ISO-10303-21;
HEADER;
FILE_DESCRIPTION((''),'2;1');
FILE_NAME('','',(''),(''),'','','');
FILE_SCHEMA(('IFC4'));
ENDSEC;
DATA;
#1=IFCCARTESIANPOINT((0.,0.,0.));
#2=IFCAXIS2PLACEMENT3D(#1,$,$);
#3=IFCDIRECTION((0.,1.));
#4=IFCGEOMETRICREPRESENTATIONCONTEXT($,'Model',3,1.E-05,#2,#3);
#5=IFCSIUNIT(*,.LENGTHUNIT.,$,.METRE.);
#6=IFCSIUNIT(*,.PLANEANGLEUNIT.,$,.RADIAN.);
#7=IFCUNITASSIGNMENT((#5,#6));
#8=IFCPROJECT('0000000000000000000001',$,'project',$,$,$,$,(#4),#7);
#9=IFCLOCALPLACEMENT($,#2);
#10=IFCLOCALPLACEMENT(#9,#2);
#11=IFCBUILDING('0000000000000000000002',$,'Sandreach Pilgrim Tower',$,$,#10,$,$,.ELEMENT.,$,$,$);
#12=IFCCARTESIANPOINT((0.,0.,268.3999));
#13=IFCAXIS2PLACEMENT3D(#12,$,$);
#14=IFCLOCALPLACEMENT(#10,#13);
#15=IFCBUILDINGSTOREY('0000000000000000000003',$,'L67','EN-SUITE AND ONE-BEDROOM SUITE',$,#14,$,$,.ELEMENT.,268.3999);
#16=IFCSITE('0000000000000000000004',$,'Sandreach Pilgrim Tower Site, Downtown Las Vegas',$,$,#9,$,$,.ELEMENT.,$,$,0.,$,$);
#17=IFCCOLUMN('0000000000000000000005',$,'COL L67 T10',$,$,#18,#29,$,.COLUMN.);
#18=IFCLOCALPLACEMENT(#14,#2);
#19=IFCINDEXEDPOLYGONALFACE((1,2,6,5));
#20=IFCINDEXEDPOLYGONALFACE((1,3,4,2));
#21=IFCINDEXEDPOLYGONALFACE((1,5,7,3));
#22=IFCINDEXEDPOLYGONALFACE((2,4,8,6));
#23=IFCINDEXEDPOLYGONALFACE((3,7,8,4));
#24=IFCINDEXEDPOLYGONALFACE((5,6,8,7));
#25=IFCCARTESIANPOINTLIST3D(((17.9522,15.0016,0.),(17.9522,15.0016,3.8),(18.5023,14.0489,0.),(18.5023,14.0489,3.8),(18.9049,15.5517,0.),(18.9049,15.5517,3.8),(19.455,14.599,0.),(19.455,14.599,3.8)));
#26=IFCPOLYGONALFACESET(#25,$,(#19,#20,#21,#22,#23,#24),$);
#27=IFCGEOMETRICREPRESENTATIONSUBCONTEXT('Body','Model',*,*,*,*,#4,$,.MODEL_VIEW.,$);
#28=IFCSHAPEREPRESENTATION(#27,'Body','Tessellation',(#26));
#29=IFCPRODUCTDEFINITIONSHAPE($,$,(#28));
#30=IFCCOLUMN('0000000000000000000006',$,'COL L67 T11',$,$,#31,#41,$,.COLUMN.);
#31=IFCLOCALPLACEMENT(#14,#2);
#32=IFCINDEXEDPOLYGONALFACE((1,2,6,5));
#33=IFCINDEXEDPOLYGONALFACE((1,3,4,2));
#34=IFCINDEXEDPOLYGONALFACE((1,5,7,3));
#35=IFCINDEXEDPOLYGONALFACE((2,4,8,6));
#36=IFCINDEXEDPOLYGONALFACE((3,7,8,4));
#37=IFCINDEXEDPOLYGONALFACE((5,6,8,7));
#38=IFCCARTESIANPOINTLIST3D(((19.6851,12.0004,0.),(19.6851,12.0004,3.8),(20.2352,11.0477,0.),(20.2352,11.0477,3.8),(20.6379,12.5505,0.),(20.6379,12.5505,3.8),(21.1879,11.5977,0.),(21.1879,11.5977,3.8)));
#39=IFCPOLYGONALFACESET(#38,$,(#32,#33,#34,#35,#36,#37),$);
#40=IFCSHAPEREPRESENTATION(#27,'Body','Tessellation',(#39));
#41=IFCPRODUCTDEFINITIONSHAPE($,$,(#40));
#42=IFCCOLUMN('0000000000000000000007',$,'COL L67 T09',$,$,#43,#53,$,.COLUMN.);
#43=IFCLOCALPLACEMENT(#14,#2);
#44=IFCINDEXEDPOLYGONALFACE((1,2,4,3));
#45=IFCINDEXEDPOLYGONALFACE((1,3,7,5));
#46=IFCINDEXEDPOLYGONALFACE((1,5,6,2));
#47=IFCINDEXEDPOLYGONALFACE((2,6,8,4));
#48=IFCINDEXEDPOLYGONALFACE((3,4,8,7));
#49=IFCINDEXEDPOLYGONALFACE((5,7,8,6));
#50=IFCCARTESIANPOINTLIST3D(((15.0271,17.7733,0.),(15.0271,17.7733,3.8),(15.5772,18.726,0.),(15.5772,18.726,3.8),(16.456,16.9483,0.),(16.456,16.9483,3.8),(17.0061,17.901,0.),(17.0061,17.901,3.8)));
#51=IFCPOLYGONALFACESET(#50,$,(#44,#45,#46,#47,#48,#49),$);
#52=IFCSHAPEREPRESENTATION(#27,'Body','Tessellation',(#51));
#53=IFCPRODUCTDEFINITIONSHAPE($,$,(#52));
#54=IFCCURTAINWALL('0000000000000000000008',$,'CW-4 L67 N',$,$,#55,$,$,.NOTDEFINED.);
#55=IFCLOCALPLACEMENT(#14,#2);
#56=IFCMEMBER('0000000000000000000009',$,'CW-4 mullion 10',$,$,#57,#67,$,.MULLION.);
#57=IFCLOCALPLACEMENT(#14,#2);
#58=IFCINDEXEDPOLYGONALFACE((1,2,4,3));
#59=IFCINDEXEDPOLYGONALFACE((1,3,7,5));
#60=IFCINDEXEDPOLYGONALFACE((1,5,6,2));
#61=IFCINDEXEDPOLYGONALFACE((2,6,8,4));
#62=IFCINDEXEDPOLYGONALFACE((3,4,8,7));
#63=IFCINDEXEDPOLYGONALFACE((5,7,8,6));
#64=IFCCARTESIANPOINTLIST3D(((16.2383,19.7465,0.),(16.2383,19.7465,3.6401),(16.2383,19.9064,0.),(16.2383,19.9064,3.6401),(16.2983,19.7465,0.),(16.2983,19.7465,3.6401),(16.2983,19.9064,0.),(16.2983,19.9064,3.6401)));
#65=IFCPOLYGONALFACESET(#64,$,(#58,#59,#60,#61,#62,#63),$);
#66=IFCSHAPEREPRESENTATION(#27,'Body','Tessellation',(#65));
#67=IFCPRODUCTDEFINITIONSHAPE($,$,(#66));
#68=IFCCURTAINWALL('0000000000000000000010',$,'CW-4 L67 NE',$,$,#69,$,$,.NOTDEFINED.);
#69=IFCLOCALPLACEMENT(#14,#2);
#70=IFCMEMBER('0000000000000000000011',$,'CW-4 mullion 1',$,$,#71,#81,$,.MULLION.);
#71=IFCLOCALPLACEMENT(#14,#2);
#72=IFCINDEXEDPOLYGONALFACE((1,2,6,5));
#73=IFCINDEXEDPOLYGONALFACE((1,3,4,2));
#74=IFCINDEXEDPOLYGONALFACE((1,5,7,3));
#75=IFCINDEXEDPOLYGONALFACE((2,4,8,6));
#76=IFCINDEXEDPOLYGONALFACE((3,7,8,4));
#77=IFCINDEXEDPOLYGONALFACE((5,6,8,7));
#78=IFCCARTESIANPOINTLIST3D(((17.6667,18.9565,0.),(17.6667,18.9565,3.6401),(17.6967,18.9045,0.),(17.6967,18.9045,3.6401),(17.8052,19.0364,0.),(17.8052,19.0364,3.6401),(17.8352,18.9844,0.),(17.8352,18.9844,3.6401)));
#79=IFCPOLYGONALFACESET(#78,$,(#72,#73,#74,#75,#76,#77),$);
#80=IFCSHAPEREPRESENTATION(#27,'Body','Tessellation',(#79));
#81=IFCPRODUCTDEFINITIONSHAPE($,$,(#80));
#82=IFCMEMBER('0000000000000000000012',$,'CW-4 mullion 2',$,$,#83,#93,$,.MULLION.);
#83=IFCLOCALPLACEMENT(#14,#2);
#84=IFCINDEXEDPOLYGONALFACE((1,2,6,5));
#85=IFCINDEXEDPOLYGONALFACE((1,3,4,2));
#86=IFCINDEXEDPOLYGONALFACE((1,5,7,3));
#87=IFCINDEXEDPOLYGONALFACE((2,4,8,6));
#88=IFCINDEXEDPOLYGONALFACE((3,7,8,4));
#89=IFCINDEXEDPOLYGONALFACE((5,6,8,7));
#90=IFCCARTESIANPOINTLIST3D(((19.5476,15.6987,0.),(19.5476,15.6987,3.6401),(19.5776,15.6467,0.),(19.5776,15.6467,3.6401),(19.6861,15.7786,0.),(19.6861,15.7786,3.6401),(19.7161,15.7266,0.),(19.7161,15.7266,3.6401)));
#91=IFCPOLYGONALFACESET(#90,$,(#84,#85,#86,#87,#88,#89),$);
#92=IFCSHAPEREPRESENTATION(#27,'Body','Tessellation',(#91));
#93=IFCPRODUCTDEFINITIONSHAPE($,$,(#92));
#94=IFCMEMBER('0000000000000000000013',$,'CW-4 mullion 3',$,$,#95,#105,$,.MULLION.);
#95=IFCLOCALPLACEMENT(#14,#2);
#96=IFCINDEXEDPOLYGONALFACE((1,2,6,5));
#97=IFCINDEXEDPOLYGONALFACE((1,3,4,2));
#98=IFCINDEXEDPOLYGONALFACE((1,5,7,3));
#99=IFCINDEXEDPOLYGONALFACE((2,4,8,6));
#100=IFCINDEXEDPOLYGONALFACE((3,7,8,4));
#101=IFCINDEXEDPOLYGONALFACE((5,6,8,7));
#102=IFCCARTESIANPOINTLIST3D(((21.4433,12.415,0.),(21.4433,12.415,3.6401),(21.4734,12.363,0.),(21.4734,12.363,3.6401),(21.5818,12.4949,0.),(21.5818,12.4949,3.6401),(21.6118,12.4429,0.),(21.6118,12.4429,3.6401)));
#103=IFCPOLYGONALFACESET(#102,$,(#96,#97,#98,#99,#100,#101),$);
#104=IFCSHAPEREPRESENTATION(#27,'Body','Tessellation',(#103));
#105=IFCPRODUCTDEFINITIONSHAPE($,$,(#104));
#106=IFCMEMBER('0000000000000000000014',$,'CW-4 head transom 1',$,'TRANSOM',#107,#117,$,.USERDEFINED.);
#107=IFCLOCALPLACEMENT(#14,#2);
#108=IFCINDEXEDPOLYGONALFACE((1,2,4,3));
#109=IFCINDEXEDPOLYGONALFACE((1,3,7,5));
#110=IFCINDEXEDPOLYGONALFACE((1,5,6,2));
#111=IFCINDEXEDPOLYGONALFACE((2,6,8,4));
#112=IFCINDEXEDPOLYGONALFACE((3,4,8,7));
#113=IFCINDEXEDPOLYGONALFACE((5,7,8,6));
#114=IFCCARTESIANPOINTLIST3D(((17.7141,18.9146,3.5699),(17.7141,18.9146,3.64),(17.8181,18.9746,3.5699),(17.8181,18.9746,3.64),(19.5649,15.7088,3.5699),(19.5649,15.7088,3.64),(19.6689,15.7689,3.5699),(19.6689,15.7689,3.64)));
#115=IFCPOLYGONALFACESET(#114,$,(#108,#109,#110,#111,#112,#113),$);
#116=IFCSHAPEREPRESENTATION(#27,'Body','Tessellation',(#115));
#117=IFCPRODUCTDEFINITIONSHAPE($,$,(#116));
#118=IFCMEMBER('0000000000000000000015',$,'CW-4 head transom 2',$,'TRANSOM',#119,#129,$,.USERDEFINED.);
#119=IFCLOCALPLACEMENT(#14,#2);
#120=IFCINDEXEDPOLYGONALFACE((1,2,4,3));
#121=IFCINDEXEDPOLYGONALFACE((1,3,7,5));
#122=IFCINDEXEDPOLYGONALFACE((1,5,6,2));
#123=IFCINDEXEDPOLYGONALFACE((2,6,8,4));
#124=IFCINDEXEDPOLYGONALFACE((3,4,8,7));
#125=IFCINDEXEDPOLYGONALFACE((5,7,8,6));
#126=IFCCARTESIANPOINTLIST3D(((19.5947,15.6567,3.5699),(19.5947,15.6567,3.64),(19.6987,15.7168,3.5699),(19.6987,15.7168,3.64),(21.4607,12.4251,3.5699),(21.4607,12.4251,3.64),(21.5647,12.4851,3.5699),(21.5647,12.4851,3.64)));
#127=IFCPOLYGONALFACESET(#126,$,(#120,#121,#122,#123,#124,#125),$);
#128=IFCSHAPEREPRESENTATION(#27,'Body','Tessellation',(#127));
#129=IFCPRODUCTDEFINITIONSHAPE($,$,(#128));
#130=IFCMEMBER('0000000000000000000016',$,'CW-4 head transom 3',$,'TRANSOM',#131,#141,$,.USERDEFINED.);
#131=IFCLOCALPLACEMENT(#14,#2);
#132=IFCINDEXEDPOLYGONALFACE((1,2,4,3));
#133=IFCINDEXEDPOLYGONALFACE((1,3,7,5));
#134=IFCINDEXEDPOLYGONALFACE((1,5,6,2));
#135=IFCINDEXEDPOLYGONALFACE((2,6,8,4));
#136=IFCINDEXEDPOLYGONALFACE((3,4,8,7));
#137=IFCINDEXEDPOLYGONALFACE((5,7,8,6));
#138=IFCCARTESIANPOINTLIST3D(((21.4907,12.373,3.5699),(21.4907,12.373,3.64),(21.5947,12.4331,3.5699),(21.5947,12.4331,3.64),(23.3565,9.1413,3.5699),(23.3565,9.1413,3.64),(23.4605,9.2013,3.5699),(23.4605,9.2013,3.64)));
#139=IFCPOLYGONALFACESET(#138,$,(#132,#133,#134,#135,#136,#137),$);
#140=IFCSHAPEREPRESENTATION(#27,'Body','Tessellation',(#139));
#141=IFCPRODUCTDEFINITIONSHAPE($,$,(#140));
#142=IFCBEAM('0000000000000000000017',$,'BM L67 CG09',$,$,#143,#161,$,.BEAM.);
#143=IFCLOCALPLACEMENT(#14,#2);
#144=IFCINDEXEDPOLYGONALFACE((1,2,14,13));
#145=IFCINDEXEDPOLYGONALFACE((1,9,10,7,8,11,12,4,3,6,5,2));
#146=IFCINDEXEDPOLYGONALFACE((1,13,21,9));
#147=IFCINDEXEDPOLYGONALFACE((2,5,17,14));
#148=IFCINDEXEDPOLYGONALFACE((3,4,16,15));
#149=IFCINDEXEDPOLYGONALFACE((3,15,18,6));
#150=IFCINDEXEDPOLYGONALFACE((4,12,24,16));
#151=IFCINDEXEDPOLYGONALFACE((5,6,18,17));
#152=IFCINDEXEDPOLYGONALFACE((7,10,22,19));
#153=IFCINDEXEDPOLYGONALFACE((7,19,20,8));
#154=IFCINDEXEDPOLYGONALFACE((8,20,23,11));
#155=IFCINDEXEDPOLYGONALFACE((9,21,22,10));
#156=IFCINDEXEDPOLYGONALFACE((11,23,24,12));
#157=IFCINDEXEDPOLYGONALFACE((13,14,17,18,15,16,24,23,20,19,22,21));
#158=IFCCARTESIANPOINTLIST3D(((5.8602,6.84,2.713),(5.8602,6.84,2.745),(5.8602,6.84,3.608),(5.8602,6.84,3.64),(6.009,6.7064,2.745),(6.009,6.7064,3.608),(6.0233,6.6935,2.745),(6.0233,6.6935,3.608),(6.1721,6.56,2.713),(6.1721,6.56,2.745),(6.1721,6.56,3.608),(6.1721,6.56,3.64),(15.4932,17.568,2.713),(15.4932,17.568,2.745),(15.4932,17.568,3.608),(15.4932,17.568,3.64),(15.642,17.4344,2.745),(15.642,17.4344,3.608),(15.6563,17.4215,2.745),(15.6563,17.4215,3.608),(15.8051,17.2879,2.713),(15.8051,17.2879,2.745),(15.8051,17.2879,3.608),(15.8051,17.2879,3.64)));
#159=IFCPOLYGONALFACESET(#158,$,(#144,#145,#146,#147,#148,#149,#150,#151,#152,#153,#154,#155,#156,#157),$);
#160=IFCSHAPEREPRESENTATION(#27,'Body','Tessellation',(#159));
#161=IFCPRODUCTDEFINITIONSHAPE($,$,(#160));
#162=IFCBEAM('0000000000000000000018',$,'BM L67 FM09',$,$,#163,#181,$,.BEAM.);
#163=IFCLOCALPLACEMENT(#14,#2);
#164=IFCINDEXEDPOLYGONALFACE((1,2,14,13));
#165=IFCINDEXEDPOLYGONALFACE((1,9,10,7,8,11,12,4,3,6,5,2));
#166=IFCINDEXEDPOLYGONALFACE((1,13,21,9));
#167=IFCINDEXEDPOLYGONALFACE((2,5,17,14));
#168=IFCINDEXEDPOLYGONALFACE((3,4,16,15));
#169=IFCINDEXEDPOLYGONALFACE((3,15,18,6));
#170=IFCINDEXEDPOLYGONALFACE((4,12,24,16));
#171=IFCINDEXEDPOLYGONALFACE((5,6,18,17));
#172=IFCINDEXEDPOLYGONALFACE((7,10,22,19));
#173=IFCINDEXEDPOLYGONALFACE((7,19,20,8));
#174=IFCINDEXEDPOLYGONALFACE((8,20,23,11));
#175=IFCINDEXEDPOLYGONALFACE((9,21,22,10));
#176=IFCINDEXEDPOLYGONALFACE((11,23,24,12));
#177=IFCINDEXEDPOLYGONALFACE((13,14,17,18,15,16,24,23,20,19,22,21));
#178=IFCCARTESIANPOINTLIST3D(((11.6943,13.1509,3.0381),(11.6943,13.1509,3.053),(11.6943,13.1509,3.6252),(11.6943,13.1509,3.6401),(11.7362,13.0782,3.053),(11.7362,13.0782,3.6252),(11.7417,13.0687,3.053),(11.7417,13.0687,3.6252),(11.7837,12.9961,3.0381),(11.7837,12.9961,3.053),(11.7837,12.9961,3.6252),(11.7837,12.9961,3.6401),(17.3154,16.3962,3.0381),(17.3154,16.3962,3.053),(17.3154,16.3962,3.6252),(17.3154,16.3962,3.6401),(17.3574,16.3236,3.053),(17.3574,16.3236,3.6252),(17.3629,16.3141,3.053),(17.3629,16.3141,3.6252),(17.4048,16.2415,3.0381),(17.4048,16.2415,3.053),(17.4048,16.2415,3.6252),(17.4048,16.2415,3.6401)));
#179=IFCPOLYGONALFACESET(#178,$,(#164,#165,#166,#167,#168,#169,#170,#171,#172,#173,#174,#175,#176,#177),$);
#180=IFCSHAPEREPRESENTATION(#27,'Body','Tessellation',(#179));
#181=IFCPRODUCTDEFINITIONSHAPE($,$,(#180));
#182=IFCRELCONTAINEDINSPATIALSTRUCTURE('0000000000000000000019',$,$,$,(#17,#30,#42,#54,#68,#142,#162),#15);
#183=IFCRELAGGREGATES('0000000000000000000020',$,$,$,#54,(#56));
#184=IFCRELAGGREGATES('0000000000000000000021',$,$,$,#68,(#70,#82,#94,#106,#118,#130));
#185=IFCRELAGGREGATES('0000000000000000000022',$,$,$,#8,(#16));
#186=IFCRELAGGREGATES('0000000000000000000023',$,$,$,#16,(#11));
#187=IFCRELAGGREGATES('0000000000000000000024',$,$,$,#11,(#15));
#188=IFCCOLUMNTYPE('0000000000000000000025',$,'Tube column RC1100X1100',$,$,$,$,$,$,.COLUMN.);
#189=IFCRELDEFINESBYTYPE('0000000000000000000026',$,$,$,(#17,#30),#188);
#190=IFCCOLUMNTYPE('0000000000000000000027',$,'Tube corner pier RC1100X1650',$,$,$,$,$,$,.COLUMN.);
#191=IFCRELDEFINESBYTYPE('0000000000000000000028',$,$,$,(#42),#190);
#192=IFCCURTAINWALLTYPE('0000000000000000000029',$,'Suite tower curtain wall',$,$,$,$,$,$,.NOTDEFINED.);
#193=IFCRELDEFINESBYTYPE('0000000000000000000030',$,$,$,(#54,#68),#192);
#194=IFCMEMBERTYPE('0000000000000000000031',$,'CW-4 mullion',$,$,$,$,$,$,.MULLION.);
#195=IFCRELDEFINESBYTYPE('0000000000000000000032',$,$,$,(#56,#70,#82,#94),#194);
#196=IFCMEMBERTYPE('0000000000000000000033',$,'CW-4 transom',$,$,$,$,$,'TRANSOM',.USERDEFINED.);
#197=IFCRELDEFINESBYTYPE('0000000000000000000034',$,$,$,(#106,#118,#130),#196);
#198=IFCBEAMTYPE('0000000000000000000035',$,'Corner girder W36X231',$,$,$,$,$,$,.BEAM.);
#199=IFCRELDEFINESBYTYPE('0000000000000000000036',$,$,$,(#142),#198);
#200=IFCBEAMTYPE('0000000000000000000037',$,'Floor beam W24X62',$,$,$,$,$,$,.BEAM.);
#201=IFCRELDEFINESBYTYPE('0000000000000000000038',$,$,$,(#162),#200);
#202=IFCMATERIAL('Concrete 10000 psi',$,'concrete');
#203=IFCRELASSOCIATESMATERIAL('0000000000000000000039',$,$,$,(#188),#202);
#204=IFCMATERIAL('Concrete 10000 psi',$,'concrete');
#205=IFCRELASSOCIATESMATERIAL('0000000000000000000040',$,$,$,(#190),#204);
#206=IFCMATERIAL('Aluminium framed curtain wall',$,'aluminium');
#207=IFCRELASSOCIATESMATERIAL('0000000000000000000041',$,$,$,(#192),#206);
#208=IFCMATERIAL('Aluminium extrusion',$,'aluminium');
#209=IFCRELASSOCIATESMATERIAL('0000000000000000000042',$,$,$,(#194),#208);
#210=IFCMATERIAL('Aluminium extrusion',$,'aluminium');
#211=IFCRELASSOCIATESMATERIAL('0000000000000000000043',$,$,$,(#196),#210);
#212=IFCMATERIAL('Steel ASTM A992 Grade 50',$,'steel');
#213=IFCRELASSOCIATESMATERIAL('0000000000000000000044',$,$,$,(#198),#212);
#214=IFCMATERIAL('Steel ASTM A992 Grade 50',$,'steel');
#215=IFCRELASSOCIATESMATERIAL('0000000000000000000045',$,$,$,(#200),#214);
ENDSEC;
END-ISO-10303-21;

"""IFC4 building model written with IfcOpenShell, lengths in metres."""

from ifc_helpers import new_model, si_unit, direction, frame, origin, origin_2d, place, context, subcontext, project, spatial, rectangle, i_section, extrude, material, material_profile, profile_set, type_object, element, aggregate, save


model = new_model("IFC4")

# Units and contexts
model_context = context("Model", 3, precision=1e-05, world=origin(), true_north=direction((0.0, 1.0)))
body_context = subcontext(model_context, "Body", "Model", "MODEL_VIEW")
ifc_project = project(units=[si_unit("LENGTHUNIT", "METRE"), si_unit("PLANEANGLEUNIT", "RADIAN")], contexts=[model_context])

# Site, building, storey
site_placement = place(None, origin())
site = spatial("IfcSite", under=ifc_project, at=site_placement, Name="Sandreach Pilgrim Tower Site, Downtown Las Vegas", CompositionType="ELEMENT", RefElevation=0.0)
building_placement = place(site_placement, origin())
building = spatial("IfcBuilding", under=site, at=building_placement, Name="Sandreach Pilgrim Tower", CompositionType="ELEMENT")
storey_placement = place(building_placement, frame((0.0, 0.0, 268.3999)))
storey = spatial("IfcBuildingStorey", under=building, at=storey_placement, Name="L67", Description="EN-SUITE AND ONE-BEDROOM SUITE", CompositionType="ELEMENT", Elevation=268.3999)

# Columns
ifc_material_1 = material(Name="Concrete 10000 psi", Category="concrete")
ifc_material_profile_1 = material_profile(ifc_material_1, rectangle(XDim=1.1001, YDim=1.1001, at=origin_2d()), Name="RC1100X1100")
ifc_profile_set_1 = profile_set([ifc_material_profile_1], Name="Concrete 10000 psi")
column_type_1 = type_object("IfcColumnType", Name="Tube column RC1100X1100", PredefinedType="COLUMN", material=ifc_profile_set_1)
for number, where, z_axis, x_axis, name in (
    (1, (18.7036, 14.8003, 0.0), (0.0, 0.0, 1.0), (0.866025, 0.5, 0.0), "COL L67 T10"),
    (2, (20.4365, 11.7991, 0.0), (0.0, 0.0, 1.0), (0.866025, 0.5, 0.0), "COL L67 T11"),
):
    element("IfcColumn", number, at=place(storey_placement, frame(where, z_axis=z_axis, x_axis=x_axis)), inside=storey, type_object=column_type_1, Name=name, PredefinedType="COLUMN", context=body_context, shape_type="SweptSolid", body=[
        extrude(rectangle(XDim=1.1001, YDim=1.1001, at=origin_2d()), origin(), (0.0, 0.0, 1.0), 3.8),
    ])
ifc_material_2 = material(Name="Concrete 10000 psi", Category="concrete")
ifc_material_profile_2 = material_profile(ifc_material_2, rectangle(XDim=1.1001, YDim=1.6499, at=origin_2d()), Name="RC1100X1650")
ifc_profile_set_2 = profile_set([ifc_material_profile_2], Name="Concrete 10000 psi")
column_type_2 = type_object("IfcColumnType", Name="Tube corner pier RC1100X1650", PredefinedType="COLUMN", material=ifc_profile_set_2)
column_placement = place(storey_placement, frame((16.0166, 17.8372, 0.0), z_axis=(0.0, 0.0, 1.0), x_axis=(0.5, 0.866025, 0.0)))
element("IfcColumn", 3, at=column_placement, inside=storey, type_object=column_type_2, Name="COL L67 T09", PredefinedType="COLUMN", context=body_context, shape_type="SweptSolid", body=[
    extrude(rectangle(XDim=1.1001, YDim=1.6499, at=origin_2d()), origin(), (0.0, 0.0, 1.0), 3.8),
])

# Curtain wall, member
ifc_material_3 = material(Name="Aluminium framed curtain wall", Category="aluminium")
curtain_wall_type = type_object("IfcCurtainWallType", Name="Suite tower curtain wall", PredefinedType="NOTDEFINED", material=ifc_material_3)
curtain_wall_1_placement = place(storey_placement, origin())
curtain_wall_1 = element("IfcCurtainWall", 4, at=curtain_wall_1_placement, inside=storey, type_object=curtain_wall_type, Name="CW-4 L67 N", PredefinedType="NOTDEFINED")
ifc_material_4 = material(Name="Aluminium extrusion", Category="aluminium")
ifc_material_profile_3 = material_profile(ifc_material_4, rectangle(XDim=0.0601, YDim=0.1599, at=origin_2d()), Name="CW-4M 60X160")
ifc_profile_set_3 = profile_set([ifc_material_profile_3], Name="Aluminium extrusion")
member_type_1 = type_object("IfcMemberType", Name="CW-4 mullion", PredefinedType="MULLION", material=ifc_profile_set_3)
member_1_placement = place(storey_placement, frame((16.2683, 19.8264, 0.0), z_axis=(0.0, 0.0, 1.0), x_axis=(1.0, 0.0, 0.0)))
member_1 = element("IfcMember", 5, at=member_1_placement, type_object=member_type_1, Name="CW-4 mullion 10", PredefinedType="MULLION", context=body_context, shape_type="SweptSolid", body=[
    extrude(rectangle(XDim=0.0601, YDim=0.1599, at=origin_2d()), origin(), (0.0, 0.0, 1.0), 3.6401),
])
aggregate(curtain_wall_1, [member_1])

# Curtain wall, members
curtain_wall_2_placement = place(storey_placement, origin())
curtain_wall_2 = element("IfcCurtainWall", 6, at=curtain_wall_2_placement, inside=storey, type_object=curtain_wall_type, Name="CW-4 L67 NE", PredefinedType="NOTDEFINED")
member_2_placement = place(storey_placement, frame((17.751, 18.9705, 0.0), z_axis=(0.0, 0.0, 1.0), x_axis=(0.5, -0.866025, 0.0)))
member_2 = element("IfcMember", 7, at=member_2_placement, type_object=member_type_1, Name="CW-4 mullion 1", PredefinedType="MULLION", context=body_context, shape_type="SweptSolid", body=[
    extrude(rectangle(XDim=0.0601, YDim=0.1599, at=origin_2d()), origin(), (0.0, 0.0, 1.0), 3.6401),
])
member_3_placement = place(storey_placement, frame((19.6318, 15.7126, 0.0), z_axis=(0.0, 0.0, 1.0), x_axis=(0.5, -0.866025, 0.0)))
member_3 = element("IfcMember", 8, at=member_3_placement, type_object=member_type_1, Name="CW-4 mullion 2", PredefinedType="MULLION", context=body_context, shape_type="SweptSolid", body=[
    extrude(rectangle(XDim=0.0601, YDim=0.1599, at=origin_2d()), origin(), (0.0, 0.0, 1.0), 3.6401),
])
member_4_placement = place(storey_placement, frame((21.5276, 12.429, 0.0), z_axis=(0.0, 0.0, 1.0), x_axis=(0.5, -0.866025, 0.0)))
member_4 = element("IfcMember", 9, at=member_4_placement, type_object=member_type_1, Name="CW-4 mullion 3", PredefinedType="MULLION", context=body_context, shape_type="SweptSolid", body=[
    extrude(rectangle(XDim=0.0601, YDim=0.1599, at=origin_2d()), origin(), (0.0, 0.0, 1.0), 3.6401),
])
ifc_material_5 = material(Name="Aluminium extrusion", Category="aluminium")
ifc_material_profile_4 = material_profile(ifc_material_5, rectangle(XDim=0.1201, YDim=0.0701, at=origin_2d()), Name="CW-4T 120X70")
ifc_profile_set_4 = profile_set([ifc_material_profile_4], Name="Aluminium extrusion")
member_type_2 = type_object("IfcMemberType", Name="CW-4 transom", ElementType="TRANSOM", PredefinedType="USERDEFINED", material=ifc_profile_set_4)
member_5_placement = place(storey_placement, frame((17.7661, 18.9446, 3.605), z_axis=(0.499991, -0.866031, 0.0), x_axis=(0.866031, 0.499991, 0.0)))
member_5 = element("IfcMember", 10, at=member_5_placement, type_object=member_type_2, Name="CW-4 head transom 1", ObjectType="TRANSOM", PredefinedType="USERDEFINED", context=body_context, shape_type="SweptSolid", body=[
    extrude(rectangle(XDim=0.1201, YDim=0.0701, at=origin_2d()), origin(), (0.0, 0.0, 1.0), 3.7017),
])
member_6_placement = place(storey_placement, frame((19.6467, 15.6868, 3.605), z_axis=(0.50003, -0.866008, 0.0), x_axis=(0.866008, 0.50003, 0.0)))
member_6 = element("IfcMember", 11, at=member_6_placement, type_object=member_type_2, Name="CW-4 head transom 2", ObjectType="TRANSOM", PredefinedType="USERDEFINED", context=body_context, shape_type="SweptSolid", body=[
    extrude(rectangle(XDim=0.1201, YDim=0.0701, at=origin_2d()), origin(), (0.0, 0.0, 1.0), 3.7317),
])
member_7_placement = place(storey_placement, frame((21.5427, 12.4031, 3.605), z_axis=(0.499981, -0.866036, 0.0), x_axis=(0.866036, 0.499981, 0.0)))
member_7 = element("IfcMember", 12, at=member_7_placement, type_object=member_type_2, Name="CW-4 head transom 3", ObjectType="TRANSOM", PredefinedType="USERDEFINED", context=body_context, shape_type="SweptSolid", body=[
    extrude(rectangle(XDim=0.1201, YDim=0.0701, at=origin_2d()), origin(), (0.0, 0.0, 1.0), 3.7317),
])

# Beams
ifc_material_6 = material(Name="Steel ASTM A992 Grade 50", Category="steel")
ifc_material_profile_5 = material_profile(ifc_material_6, i_section(OverallWidth=0.4192, OverallDepth=0.927, WebThickness=0.0193, FlangeThickness=0.032, at=origin_2d()), Name="W36X231")
ifc_profile_set_5 = profile_set([ifc_material_profile_5], Name="Steel ASTM A992 Grade 50")
beam_type_1 = type_object("IfcBeamType", Name="Corner girder W36X231", PredefinedType="BEAM", material=ifc_profile_set_5)
beam_1_placement = place(storey_placement, frame((15.6492, 17.428, 3.1765), z_axis=(-0.668115, -0.744058, 0.0), x_axis=(0.744058, -0.668115, 0.0)))
element("IfcBeam", 13, at=beam_1_placement, inside=storey, type_object=beam_type_1, Name="BM L67 CG09", PredefinedType="BEAM", context=body_context, shape_type="SweptSolid", body=[
    extrude(i_section(OverallWidth=0.4192, OverallDepth=0.927, WebThickness=0.0193, FlangeThickness=0.032, at=origin_2d()), origin(), (0.0, 0.0, 1.0), 14.4182),
])
ifc_material_7 = material(Name="Steel ASTM A992 Grade 50", Category="steel")
ifc_material_profile_6 = material_profile(ifc_material_7, i_section(OverallWidth=0.1787, OverallDepth=0.6021, WebThickness=0.011, FlangeThickness=0.0149, at=origin_2d()), Name="W24X62")
ifc_profile_set_6 = profile_set([ifc_material_profile_6], Name="Steel ASTM A992 Grade 50")
beam_type_2 = type_object("IfcBeamType", Name="Floor beam W24X62", PredefinedType="BEAM", material=ifc_profile_set_6)
beam_2_placement = place(storey_placement, frame((17.3601, 16.3188, 3.3391), z_axis=(-0.866024, -0.500002, 0.0), x_axis=(0.500002, -0.866024, 0.0)))
element("IfcBeam", 14, at=beam_2_placement, inside=storey, type_object=beam_type_2, Name="BM L67 FM09", PredefinedType="BEAM", context=body_context, shape_type="SweptSolid", body=[
    extrude(i_section(OverallWidth=0.1787, OverallDepth=0.6021, WebThickness=0.011, FlangeThickness=0.0149, at=origin_2d()), origin(), (0.0, 0.0, 1.0), 6.4907),
])

aggregate(curtain_wall_2, [member_2, member_3, member_4, member_5, member_6, member_7])

save(model, "model.ifc")
